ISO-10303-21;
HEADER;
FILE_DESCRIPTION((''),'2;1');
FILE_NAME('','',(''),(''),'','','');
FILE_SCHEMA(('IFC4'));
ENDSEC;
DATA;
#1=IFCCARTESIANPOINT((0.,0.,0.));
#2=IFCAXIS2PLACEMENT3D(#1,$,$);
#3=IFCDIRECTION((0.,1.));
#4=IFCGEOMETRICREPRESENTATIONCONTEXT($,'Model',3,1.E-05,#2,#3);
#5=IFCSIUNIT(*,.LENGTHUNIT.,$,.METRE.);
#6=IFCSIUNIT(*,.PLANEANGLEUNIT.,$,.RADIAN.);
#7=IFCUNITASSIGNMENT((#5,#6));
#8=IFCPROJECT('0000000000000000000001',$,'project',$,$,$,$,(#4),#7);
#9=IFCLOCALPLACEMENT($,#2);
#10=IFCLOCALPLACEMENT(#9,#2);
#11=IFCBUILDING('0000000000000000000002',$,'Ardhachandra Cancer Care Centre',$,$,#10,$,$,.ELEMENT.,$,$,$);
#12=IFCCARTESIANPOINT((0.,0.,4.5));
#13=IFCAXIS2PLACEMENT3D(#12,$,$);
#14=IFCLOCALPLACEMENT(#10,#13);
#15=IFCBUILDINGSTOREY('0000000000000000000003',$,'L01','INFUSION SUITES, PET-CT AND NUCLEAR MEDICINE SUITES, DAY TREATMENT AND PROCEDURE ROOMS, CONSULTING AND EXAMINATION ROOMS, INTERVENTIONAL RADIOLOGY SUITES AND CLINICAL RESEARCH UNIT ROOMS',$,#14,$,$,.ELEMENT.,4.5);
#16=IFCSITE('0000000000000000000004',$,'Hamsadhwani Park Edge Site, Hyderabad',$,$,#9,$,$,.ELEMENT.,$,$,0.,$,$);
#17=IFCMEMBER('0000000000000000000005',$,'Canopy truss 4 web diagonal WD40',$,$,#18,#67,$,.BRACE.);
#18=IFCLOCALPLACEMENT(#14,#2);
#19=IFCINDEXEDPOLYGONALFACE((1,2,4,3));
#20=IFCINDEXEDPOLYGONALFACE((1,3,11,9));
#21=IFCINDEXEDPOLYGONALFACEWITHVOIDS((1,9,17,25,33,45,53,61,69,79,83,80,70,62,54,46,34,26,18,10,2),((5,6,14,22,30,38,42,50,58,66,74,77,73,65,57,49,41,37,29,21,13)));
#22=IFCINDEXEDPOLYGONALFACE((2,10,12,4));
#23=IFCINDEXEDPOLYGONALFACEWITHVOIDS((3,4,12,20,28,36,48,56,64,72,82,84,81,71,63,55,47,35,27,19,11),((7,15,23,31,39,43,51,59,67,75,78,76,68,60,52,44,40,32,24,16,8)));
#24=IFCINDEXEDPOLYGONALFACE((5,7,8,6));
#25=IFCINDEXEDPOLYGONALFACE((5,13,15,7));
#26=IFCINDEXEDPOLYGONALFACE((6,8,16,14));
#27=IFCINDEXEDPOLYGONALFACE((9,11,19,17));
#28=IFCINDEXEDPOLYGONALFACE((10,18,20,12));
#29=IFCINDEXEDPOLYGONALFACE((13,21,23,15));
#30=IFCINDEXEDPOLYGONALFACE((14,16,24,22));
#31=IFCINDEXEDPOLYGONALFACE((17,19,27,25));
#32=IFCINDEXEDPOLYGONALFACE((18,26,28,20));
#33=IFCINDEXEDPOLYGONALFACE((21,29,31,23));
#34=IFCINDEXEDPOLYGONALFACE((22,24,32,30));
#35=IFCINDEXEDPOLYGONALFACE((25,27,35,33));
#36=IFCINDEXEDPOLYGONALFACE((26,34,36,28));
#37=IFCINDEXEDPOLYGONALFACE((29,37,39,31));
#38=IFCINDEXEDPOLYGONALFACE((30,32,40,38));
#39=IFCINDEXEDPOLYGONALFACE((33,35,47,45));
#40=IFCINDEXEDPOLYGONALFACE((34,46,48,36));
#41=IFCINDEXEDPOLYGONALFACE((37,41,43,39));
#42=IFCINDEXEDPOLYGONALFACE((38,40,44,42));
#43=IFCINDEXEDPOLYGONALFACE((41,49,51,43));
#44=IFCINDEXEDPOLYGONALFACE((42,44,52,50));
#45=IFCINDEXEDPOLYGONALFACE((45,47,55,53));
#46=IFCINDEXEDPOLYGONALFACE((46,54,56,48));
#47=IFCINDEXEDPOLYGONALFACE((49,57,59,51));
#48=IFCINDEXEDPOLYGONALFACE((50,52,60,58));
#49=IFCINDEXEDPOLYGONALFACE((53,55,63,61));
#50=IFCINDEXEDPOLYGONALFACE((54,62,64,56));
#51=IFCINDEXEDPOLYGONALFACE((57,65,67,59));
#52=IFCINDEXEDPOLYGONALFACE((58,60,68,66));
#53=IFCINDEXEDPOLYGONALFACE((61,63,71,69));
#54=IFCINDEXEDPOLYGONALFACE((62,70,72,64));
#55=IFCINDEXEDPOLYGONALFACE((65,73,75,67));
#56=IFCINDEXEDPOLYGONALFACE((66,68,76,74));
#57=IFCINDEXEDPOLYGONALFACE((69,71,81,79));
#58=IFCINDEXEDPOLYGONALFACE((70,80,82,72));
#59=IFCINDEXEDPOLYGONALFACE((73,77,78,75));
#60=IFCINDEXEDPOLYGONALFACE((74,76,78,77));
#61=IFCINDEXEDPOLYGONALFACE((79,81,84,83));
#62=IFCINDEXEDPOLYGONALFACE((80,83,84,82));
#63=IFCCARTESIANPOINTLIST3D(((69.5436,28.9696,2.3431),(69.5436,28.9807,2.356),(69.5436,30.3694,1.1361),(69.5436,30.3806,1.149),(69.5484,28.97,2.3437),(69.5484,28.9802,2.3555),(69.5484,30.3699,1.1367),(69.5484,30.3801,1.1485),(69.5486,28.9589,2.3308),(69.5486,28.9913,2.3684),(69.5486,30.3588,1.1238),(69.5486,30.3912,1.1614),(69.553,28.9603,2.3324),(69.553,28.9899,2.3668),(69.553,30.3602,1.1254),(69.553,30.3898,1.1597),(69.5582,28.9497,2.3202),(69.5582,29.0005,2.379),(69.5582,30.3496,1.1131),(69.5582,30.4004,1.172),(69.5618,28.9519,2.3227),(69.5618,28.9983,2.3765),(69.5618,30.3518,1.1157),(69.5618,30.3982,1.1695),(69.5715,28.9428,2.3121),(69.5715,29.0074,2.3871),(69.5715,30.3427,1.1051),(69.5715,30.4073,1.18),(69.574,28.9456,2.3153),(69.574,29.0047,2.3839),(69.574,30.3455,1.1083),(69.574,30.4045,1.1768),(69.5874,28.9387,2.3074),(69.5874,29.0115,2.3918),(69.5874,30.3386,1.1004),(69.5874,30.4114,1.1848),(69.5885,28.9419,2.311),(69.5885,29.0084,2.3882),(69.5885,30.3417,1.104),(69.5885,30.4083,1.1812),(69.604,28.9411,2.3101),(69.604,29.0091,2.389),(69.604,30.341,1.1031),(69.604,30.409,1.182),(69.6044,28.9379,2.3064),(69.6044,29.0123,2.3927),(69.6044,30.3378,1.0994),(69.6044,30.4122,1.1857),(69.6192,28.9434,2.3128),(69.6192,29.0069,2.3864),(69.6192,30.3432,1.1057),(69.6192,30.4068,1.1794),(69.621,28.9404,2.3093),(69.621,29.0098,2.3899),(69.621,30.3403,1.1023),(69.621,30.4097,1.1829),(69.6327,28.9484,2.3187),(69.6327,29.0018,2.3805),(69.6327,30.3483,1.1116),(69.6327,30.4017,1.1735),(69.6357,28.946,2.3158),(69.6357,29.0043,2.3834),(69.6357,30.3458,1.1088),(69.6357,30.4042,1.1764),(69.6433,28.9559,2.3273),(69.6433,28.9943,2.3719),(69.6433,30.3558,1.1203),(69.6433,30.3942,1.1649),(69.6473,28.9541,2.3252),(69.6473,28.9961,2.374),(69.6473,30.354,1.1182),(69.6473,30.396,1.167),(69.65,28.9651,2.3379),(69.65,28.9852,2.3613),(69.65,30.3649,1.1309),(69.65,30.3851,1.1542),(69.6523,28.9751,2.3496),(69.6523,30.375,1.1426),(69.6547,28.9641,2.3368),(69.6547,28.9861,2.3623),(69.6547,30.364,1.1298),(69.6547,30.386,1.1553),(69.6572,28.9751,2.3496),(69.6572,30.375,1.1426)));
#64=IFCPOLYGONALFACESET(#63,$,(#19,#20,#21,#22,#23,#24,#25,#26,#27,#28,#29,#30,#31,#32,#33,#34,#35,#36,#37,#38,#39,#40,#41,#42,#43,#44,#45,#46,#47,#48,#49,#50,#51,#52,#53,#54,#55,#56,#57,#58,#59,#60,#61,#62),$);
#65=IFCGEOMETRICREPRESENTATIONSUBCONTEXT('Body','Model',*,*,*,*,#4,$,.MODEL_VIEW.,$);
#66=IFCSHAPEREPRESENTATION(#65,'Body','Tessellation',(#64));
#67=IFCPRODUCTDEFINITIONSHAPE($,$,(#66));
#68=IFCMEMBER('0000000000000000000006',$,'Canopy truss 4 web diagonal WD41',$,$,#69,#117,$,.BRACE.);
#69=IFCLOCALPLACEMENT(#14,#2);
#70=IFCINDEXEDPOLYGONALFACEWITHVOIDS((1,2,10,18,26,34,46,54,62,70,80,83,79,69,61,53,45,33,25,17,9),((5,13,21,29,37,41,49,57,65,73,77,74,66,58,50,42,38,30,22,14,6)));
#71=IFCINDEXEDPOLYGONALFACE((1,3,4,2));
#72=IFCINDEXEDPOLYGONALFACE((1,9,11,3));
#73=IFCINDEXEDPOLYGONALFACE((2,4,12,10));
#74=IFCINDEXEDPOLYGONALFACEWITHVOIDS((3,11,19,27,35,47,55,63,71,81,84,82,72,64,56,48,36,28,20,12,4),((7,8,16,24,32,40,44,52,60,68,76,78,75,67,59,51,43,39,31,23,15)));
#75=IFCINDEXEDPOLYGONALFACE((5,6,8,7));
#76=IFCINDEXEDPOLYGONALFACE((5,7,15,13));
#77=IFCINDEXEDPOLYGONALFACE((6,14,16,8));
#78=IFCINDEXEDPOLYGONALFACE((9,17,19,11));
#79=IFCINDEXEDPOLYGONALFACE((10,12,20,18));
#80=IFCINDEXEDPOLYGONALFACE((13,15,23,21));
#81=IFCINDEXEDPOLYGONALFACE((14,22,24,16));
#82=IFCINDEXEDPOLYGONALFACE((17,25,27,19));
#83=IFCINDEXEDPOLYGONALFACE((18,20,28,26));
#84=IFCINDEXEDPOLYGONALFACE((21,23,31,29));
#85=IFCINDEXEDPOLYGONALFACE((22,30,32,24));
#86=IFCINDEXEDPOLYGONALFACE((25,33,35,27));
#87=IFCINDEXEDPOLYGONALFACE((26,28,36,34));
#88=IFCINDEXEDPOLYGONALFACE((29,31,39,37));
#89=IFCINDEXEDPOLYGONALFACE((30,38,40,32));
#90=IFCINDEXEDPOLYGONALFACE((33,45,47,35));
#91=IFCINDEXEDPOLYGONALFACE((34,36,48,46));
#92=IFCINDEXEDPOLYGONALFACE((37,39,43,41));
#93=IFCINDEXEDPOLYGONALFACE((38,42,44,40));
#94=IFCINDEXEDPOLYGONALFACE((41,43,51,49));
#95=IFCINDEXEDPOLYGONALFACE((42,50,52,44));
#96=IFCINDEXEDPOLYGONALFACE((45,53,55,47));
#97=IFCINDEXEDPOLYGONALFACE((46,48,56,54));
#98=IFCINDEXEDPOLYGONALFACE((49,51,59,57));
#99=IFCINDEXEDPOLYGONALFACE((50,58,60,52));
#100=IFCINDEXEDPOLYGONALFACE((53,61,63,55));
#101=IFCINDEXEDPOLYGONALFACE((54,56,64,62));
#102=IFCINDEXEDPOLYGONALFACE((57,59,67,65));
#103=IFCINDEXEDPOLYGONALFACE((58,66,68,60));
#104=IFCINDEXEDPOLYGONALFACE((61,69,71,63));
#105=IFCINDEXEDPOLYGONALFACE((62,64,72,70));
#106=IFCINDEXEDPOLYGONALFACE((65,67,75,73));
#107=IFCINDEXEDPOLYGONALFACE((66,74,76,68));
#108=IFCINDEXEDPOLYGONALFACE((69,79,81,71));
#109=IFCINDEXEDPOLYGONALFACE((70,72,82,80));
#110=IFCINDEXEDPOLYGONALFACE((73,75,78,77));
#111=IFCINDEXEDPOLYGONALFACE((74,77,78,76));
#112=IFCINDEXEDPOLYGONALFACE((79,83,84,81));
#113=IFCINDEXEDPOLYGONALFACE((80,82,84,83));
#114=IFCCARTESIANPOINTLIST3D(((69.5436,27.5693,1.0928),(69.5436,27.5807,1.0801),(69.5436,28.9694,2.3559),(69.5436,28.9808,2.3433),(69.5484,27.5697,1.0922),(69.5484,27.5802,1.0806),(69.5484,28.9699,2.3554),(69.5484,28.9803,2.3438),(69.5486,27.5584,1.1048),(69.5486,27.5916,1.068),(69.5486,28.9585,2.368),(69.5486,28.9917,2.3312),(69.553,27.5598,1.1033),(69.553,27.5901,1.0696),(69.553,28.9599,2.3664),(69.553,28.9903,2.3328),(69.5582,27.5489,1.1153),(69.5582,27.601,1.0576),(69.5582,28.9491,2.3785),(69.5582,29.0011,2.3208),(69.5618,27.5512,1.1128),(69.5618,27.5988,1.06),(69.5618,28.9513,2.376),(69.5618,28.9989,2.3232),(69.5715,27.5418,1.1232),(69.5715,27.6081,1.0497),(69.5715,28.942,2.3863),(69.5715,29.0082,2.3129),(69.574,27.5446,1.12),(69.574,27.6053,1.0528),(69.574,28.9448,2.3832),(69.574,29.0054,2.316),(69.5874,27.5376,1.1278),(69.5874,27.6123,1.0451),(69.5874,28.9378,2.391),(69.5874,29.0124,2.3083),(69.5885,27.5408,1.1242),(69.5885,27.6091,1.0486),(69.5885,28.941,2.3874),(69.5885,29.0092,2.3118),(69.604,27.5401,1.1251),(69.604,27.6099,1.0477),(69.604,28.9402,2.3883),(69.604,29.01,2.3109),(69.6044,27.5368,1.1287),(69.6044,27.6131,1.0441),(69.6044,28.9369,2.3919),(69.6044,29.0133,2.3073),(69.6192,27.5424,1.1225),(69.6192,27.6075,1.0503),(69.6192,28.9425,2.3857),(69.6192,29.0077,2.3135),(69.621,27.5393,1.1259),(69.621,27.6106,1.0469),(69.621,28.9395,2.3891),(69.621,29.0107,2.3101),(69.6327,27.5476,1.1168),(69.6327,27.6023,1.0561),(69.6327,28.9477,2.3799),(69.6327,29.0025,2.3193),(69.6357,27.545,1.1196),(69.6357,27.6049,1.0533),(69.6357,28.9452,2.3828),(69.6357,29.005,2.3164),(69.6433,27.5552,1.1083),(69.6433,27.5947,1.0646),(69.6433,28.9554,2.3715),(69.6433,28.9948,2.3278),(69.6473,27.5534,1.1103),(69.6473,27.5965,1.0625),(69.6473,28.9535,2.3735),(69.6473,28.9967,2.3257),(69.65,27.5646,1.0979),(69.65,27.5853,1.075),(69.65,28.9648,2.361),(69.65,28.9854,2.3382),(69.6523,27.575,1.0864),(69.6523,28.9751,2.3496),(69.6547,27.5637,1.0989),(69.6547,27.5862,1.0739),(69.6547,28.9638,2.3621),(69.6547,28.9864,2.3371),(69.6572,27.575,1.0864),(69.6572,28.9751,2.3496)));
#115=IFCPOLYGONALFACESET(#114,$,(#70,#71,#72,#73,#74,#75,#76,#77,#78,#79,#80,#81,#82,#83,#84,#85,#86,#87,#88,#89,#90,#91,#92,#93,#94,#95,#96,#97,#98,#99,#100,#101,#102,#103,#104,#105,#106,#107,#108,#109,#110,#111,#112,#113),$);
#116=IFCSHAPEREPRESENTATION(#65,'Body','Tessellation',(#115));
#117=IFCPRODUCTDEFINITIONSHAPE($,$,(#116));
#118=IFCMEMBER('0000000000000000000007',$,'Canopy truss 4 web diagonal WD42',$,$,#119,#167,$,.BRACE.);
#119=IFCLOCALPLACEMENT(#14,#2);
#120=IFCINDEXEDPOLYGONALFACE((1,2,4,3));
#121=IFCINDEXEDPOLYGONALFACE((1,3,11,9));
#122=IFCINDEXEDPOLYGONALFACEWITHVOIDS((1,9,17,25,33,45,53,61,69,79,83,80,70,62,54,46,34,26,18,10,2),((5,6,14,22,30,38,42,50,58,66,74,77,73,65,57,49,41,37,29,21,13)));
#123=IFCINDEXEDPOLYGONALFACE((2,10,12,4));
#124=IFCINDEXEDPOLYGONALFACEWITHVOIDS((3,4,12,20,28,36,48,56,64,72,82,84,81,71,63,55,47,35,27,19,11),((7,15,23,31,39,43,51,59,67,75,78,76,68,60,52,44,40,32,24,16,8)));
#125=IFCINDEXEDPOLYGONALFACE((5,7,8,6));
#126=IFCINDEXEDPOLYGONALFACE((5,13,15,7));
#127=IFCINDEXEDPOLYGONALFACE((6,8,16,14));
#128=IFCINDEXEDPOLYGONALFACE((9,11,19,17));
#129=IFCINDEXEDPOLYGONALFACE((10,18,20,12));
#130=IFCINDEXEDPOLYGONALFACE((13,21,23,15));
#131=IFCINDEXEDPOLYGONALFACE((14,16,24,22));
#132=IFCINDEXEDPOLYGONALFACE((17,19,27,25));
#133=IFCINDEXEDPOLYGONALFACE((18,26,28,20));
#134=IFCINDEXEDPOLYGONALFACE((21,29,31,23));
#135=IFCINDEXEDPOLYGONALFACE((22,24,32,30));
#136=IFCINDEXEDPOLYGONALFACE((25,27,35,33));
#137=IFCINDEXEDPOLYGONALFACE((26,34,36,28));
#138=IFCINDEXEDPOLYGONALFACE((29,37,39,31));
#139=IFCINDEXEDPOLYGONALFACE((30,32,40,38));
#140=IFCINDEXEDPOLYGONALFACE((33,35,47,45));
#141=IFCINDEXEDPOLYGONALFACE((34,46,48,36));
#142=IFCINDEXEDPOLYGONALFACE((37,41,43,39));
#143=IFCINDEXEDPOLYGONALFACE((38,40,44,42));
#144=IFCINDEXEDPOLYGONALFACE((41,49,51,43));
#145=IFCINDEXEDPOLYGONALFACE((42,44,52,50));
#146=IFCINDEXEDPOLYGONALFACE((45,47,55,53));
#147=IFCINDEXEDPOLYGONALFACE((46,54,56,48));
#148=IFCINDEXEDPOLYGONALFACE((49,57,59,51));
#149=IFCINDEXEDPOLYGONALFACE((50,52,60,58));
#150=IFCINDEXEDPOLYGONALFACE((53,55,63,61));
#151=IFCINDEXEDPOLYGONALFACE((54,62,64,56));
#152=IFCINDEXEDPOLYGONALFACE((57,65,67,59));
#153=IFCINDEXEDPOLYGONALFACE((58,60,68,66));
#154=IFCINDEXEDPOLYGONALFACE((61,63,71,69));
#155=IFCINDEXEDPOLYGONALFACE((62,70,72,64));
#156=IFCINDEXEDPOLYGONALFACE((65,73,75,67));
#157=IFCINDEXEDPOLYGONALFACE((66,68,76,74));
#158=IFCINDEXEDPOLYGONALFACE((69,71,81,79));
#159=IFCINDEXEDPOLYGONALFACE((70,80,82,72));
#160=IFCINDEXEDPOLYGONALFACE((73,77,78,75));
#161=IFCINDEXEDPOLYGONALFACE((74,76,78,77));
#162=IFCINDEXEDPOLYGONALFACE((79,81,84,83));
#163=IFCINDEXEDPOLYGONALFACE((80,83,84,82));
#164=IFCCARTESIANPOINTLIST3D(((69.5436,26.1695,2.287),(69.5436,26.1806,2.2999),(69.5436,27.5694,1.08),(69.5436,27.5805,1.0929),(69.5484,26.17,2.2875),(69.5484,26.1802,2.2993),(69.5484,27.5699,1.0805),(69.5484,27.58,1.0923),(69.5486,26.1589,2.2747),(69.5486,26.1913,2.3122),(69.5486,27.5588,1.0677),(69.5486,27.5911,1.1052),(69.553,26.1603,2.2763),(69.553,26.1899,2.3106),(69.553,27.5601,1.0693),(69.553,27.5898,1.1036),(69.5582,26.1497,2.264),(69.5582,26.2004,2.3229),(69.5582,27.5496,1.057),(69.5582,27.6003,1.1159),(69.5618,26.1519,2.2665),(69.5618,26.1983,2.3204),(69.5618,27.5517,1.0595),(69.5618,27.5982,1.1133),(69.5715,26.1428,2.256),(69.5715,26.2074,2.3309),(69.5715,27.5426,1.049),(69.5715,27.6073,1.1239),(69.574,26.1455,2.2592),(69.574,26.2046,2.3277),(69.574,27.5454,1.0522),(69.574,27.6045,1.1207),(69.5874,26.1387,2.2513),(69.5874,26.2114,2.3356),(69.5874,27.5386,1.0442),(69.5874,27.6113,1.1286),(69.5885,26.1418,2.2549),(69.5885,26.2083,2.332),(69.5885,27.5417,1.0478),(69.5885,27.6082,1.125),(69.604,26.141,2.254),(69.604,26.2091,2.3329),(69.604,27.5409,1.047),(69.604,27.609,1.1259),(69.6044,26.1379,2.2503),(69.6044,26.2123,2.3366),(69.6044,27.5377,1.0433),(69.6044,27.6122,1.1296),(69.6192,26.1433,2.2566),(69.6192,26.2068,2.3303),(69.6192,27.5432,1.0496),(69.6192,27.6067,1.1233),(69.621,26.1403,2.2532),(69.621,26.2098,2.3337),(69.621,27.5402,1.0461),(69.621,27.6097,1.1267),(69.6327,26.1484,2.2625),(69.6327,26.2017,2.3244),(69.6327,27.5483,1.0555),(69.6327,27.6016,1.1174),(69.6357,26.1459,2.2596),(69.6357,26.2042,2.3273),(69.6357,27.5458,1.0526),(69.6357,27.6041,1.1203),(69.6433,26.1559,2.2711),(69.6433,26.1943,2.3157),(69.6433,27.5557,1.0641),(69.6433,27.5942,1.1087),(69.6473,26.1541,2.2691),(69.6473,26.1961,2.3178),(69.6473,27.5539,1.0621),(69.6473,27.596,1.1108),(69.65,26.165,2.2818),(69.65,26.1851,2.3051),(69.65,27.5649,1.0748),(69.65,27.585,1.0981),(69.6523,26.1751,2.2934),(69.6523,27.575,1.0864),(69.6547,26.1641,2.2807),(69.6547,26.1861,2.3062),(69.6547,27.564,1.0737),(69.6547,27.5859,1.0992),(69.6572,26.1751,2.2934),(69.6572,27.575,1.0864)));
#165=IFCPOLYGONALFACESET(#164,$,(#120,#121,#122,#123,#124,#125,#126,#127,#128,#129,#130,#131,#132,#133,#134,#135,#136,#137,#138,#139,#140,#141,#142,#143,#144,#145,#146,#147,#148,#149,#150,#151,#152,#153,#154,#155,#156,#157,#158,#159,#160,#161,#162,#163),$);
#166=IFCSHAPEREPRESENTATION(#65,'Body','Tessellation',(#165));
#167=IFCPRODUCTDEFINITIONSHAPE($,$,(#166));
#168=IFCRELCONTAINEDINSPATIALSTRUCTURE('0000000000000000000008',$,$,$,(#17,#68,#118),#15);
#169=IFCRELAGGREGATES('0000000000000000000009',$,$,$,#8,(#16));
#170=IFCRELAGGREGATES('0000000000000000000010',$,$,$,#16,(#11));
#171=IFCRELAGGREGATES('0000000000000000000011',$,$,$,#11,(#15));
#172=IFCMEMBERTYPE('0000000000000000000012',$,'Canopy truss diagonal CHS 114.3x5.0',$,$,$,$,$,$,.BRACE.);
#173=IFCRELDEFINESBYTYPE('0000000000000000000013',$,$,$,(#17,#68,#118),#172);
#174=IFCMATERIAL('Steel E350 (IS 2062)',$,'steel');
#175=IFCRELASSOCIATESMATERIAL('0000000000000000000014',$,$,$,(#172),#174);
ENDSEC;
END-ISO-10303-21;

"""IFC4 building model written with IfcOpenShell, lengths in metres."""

from ifc_helpers import new_model, si_unit, direction, frame, origin, origin_2d, place, context, subcontext, project, spatial, hollow_circle, extrude, material, material_profile, profile_set, type_object, element, save


model = new_model("IFC4")

# Units and contexts
model_context = context("Model", 3, precision=1e-05, world=origin(), true_north=direction((0.0, 1.0)))
body_context = subcontext(model_context, "Body", "Model", "MODEL_VIEW")
ifc_project = project(units=[si_unit("LENGTHUNIT", "METRE"), si_unit("PLANEANGLEUNIT", "RADIAN")], contexts=[model_context])

# Site, building, storey
site_placement = place(None, origin())
site = spatial("IfcSite", under=ifc_project, at=site_placement, Name="Hamsadhwani Park Edge Site, Hyderabad", CompositionType="ELEMENT", RefElevation=0.0)
building_placement = place(site_placement, origin())
building = spatial("IfcBuilding", under=site, at=building_placement, Name="Ardhachandra Cancer Care Centre", CompositionType="ELEMENT")
storey_placement = place(building_placement, frame((0.0, 0.0, 4.5)))
storey = spatial("IfcBuildingStorey", under=building, at=storey_placement, Name="L01", Description="INFUSION SUITES, PET-CT AND NUCLEAR MEDICINE SUITES, DAY TREATMENT AND PROCEDURE ROOMS, CONSULTING AND EXAMINATION ROOMS, INTERVENTIONAL RADIOLOGY SUITES AND CLINICAL RESEARCH UNIT ROOMS", CompositionType="ELEMENT", Elevation=4.5)

# Members
ifc_material_1 = material(Name="Steel E350 (IS 2062)", Category="steel")
ifc_material_profile_1 = material_profile(ifc_material_1, hollow_circle(Radius=0.0571, WallThickness=0.0049, at=origin_2d()), Name="CHS 114.3x5.0")
ifc_profile_set_1 = profile_set([ifc_material_profile_1], Name="Steel E350 (IS 2062)")
member_type_1 = type_object("IfcMemberType", Name="Canopy truss diagonal CHS 114.3x5.0", PredefinedType="BRACE", material=ifc_profile_set_1)
member_1_placement = place(storey_placement, frame((69.6001, 30.375, 1.1426), z_axis=(0.0, -0.757351, 0.653008), x_axis=(1.0, 0.0, 0.0)))
element("IfcMember", 1, at=member_1_placement, inside=storey, type_object=member_type_1, Name="Canopy truss 4 web diagonal WD40", PredefinedType="BRACE", context=body_context, shape_type="SweptSolid", body=[
    extrude(hollow_circle(Radius=0.0571, WallThickness=0.0049, at=origin_2d()), origin(), (0.0, 0.0, 1.0), 1.8484),
])
member_2_placement = place(storey_placement, frame((69.6001, 28.9751, 2.3496), z_axis=(0.0, -0.742489, -0.669858), x_axis=(1.0, 0.0, 0.0)))
element("IfcMember", 2, at=member_2_placement, inside=storey, type_object=member_type_1, Name="Canopy truss 4 web diagonal WD41", PredefinedType="BRACE", context=body_context, shape_type="SweptSolid", body=[
    extrude(hollow_circle(Radius=0.0571, WallThickness=0.0049, at=origin_2d()), origin(), (0.0, 0.0, 1.0), 1.8857),
])
member_3_placement = place(storey_placement, frame((69.6001, 27.575, 1.0864), z_axis=(0.0, -0.757351, 0.653008), x_axis=(1.0, 0.0, 0.0)))
element("IfcMember", 3, at=member_3_placement, inside=storey, type_object=member_type_1, Name="Canopy truss 4 web diagonal WD42", PredefinedType="BRACE", context=body_context, shape_type="SweptSolid", body=[
    extrude(hollow_circle(Radius=0.0571, WallThickness=0.0049, at=origin_2d()), origin(), (0.0, 0.0, 1.0), 1.8484),
])

save(model, "model.ifc")
